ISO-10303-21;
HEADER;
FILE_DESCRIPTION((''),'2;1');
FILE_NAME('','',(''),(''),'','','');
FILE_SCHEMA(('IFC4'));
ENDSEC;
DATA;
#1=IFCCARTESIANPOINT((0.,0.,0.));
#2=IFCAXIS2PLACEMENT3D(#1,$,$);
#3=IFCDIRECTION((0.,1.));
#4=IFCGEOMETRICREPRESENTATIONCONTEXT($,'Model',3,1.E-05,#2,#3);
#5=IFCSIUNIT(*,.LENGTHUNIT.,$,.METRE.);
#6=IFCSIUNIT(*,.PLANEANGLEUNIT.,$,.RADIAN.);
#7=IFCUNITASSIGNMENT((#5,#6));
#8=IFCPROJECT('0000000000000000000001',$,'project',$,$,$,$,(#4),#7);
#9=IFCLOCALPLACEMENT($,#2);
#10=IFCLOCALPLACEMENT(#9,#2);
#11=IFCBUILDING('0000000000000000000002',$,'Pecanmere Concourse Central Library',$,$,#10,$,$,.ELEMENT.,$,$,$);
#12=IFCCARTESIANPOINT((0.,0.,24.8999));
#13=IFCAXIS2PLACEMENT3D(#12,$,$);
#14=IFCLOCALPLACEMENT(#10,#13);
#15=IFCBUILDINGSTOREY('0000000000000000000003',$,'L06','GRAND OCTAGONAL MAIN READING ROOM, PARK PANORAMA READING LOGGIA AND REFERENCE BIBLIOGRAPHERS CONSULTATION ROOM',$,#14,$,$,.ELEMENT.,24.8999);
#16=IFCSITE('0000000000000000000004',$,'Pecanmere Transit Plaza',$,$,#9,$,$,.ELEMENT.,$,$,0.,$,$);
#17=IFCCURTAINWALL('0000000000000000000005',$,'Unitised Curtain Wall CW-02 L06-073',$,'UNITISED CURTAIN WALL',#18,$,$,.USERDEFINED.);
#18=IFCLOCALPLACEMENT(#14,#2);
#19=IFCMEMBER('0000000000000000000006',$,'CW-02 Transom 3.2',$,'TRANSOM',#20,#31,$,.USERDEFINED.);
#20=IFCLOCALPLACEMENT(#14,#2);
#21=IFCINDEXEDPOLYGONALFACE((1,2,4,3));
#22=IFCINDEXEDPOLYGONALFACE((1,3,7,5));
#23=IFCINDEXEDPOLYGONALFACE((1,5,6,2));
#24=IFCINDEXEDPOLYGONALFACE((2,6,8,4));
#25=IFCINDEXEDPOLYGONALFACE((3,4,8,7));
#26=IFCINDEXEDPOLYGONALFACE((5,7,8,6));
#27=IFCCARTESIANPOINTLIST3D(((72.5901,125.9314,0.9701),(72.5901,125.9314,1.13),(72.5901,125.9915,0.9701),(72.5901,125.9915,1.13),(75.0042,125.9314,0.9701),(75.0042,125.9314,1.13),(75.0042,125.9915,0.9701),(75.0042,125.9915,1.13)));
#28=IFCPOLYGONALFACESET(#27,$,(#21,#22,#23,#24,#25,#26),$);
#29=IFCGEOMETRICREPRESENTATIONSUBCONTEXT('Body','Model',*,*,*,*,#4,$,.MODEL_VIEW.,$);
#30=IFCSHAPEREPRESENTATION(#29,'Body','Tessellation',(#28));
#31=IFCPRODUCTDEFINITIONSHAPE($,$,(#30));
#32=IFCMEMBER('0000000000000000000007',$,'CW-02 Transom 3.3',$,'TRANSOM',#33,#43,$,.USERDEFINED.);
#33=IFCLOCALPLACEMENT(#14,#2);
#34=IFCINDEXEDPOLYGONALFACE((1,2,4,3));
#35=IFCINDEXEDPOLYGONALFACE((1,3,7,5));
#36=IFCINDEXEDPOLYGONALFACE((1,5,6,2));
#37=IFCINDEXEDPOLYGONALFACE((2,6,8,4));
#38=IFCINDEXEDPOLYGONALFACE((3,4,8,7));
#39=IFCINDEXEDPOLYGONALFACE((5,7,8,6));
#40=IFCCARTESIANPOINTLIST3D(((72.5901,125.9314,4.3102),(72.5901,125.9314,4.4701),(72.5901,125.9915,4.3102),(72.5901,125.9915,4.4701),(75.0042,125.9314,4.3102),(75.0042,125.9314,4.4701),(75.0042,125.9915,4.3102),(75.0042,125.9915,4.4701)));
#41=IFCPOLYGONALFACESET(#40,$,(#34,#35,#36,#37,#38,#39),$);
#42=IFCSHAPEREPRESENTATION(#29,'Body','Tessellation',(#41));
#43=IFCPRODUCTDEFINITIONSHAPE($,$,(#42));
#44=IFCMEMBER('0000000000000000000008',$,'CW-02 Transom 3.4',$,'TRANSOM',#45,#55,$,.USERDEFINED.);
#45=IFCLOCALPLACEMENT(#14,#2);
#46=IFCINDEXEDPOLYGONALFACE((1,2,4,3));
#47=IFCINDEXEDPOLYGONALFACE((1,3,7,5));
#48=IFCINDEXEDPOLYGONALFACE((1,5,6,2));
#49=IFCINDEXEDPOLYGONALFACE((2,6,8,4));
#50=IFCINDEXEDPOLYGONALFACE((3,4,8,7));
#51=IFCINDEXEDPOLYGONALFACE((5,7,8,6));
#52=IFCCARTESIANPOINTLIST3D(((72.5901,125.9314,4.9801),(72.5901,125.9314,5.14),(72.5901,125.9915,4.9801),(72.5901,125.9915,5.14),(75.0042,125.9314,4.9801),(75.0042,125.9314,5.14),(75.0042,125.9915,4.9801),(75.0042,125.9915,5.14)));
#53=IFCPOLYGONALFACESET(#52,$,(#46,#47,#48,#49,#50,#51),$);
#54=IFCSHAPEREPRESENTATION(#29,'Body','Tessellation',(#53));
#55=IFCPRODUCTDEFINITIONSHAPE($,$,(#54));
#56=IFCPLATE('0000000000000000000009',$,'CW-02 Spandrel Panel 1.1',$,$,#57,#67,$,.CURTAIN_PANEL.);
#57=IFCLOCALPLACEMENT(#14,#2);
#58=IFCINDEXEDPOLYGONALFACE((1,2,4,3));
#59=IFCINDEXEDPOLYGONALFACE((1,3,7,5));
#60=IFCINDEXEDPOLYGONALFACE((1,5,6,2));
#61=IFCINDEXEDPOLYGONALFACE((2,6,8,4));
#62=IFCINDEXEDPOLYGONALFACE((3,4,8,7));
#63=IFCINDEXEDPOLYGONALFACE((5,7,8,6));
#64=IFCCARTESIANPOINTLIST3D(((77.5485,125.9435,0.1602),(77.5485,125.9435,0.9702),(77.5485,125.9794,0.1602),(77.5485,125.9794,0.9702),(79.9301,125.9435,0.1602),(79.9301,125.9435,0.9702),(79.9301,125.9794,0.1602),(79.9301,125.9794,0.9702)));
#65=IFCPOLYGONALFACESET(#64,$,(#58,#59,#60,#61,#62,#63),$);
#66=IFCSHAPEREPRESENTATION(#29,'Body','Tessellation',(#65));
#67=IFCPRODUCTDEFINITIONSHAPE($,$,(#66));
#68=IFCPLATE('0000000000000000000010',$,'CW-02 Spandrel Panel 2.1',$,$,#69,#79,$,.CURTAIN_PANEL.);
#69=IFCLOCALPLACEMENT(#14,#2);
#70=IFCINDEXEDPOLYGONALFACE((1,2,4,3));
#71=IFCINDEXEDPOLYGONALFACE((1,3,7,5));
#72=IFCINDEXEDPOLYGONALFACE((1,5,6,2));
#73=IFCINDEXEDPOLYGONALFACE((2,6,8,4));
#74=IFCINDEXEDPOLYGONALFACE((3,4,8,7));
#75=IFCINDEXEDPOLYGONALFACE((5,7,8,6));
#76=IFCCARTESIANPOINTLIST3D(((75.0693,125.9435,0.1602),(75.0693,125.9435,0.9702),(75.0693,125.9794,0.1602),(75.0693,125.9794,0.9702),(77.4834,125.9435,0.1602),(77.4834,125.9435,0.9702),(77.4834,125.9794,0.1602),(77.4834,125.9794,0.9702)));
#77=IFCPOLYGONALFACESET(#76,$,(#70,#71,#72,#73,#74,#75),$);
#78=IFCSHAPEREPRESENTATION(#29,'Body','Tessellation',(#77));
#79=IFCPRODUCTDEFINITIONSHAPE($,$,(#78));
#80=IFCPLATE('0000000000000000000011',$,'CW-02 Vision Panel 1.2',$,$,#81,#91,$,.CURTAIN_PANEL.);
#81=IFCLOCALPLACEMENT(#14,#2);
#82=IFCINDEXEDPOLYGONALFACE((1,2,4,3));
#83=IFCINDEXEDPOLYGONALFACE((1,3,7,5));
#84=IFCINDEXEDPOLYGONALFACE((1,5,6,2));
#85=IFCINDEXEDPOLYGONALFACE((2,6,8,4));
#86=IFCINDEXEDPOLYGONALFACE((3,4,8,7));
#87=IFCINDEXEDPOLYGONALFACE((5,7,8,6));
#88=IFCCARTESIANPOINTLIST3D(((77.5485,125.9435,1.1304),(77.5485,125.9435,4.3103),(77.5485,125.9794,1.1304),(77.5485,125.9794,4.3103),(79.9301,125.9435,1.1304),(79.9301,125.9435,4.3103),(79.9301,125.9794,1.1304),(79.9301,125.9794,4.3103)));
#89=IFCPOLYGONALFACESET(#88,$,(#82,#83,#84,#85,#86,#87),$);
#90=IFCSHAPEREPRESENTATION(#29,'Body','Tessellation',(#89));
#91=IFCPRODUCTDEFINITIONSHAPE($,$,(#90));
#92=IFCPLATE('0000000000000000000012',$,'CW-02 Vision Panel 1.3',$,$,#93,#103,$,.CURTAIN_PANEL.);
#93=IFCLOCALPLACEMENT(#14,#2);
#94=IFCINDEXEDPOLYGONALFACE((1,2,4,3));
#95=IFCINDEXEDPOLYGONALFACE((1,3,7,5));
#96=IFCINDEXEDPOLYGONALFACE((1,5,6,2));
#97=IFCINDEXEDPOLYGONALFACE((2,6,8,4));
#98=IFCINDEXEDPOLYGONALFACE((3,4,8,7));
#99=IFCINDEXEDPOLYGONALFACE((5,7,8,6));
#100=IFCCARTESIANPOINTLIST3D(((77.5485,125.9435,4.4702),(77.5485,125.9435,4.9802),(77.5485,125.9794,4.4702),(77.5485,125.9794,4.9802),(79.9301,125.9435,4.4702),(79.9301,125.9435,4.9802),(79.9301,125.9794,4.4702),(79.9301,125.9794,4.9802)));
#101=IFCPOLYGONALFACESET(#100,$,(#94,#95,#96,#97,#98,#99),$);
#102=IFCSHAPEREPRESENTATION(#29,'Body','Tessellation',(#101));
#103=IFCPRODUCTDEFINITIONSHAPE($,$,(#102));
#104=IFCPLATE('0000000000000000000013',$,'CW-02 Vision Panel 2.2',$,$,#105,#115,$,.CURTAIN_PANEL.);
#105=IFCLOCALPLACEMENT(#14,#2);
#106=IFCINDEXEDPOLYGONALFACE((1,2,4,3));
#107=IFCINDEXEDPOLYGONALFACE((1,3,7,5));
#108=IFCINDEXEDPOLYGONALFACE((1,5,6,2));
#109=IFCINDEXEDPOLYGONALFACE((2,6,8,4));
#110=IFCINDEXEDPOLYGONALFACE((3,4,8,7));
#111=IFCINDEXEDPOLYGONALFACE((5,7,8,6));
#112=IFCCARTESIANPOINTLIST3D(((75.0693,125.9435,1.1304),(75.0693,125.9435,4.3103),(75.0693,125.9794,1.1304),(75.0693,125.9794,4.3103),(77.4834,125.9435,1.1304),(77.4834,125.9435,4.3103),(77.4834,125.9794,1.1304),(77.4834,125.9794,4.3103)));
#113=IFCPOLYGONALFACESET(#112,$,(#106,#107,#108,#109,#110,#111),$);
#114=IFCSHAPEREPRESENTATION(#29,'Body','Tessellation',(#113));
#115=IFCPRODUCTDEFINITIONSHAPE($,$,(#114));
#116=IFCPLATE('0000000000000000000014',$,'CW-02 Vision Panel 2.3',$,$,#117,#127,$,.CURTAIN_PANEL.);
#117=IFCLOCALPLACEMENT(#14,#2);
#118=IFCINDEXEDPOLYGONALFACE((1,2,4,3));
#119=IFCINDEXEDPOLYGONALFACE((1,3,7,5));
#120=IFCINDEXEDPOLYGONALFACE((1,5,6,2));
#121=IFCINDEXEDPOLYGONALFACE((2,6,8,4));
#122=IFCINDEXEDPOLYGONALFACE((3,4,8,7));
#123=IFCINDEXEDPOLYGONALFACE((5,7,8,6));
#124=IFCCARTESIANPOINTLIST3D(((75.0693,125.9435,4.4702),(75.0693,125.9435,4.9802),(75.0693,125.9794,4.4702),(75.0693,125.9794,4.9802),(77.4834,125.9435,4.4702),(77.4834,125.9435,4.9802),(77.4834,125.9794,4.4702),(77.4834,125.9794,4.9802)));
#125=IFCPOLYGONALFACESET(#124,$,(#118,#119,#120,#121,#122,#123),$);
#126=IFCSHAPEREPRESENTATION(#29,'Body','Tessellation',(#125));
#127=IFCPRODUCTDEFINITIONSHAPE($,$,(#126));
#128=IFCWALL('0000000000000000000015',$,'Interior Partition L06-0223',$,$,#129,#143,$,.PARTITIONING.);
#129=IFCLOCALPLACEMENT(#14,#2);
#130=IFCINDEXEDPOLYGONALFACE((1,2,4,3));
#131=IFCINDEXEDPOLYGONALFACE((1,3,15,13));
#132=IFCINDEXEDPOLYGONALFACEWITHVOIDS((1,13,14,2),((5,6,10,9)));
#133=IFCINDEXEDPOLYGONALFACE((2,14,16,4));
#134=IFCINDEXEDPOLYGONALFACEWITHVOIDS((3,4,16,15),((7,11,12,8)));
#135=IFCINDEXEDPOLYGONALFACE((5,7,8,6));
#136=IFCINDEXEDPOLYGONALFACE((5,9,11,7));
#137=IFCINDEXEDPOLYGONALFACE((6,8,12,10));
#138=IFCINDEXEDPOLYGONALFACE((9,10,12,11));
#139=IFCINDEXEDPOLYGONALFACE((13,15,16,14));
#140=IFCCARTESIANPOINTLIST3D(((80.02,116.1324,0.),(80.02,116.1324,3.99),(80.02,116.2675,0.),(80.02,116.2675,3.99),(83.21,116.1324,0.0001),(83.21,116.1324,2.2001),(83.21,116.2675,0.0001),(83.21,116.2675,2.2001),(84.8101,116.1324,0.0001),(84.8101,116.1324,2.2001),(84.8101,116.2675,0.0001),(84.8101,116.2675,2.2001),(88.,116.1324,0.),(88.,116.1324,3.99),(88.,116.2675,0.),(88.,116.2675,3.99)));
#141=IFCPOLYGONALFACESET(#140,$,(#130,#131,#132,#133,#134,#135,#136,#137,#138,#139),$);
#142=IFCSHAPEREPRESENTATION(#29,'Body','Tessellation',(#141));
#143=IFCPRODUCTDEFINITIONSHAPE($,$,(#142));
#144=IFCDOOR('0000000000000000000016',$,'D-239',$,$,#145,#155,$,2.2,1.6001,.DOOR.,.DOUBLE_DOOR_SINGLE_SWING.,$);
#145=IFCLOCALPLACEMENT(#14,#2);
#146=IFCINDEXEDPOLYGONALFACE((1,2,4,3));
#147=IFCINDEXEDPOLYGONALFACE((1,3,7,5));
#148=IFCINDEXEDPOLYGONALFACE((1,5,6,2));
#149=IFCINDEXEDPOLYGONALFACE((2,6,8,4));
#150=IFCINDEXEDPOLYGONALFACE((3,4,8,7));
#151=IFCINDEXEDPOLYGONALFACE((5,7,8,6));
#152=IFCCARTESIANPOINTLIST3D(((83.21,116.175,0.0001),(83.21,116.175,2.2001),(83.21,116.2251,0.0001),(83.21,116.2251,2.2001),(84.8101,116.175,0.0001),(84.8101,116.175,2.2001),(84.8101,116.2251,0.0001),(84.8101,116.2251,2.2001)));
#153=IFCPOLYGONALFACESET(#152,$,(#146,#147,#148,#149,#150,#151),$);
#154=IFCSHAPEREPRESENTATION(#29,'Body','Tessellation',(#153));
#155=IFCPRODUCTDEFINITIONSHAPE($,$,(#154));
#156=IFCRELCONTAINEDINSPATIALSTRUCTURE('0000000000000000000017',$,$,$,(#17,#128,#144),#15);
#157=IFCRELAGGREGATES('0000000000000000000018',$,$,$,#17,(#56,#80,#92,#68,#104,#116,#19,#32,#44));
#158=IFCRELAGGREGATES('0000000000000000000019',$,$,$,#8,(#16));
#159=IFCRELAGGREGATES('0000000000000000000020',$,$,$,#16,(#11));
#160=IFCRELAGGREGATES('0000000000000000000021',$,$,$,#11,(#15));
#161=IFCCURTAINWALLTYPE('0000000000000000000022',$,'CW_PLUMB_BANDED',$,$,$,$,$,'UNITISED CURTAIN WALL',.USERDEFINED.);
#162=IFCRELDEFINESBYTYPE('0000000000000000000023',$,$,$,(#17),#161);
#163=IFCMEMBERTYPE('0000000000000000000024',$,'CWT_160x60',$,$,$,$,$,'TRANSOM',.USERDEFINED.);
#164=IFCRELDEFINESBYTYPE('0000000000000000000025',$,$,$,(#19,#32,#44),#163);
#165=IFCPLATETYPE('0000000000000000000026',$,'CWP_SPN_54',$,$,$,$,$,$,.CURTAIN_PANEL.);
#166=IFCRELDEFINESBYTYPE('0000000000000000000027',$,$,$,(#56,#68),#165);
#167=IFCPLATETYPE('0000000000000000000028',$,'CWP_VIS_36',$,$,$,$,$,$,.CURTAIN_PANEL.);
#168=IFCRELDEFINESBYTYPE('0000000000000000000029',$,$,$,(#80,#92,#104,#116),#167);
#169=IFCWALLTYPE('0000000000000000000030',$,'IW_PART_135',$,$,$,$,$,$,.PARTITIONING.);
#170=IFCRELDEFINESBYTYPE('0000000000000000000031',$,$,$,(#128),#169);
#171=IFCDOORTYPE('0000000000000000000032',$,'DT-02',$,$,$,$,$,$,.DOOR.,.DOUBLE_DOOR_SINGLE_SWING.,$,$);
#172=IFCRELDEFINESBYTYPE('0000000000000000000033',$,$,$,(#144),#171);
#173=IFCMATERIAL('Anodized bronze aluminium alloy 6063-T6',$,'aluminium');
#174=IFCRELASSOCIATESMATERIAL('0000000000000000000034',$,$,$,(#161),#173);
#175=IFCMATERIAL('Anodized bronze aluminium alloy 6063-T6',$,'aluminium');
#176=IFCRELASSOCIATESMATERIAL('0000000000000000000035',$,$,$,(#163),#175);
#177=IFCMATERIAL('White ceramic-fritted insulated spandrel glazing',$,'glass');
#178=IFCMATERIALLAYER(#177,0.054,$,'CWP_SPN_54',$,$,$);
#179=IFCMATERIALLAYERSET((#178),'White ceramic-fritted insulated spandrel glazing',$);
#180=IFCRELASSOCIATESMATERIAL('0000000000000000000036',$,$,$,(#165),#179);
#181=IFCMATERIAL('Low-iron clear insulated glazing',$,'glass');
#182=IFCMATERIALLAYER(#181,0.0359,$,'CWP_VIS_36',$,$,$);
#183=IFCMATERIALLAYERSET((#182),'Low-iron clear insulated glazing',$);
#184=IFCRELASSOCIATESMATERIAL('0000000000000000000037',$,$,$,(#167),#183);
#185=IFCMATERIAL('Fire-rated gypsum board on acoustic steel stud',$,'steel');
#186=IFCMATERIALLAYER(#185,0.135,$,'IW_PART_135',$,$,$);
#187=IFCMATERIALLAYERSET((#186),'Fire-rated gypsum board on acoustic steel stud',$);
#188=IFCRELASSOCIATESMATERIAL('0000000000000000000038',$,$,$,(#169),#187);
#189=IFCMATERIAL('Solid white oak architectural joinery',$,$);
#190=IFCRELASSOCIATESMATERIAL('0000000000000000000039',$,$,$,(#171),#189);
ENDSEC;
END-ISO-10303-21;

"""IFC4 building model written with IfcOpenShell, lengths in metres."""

from ifc_helpers import new_model, si_unit, direction, frame, frame_2d, origin, origin_2d, place, context, subcontext, project, spatial, rectangle, extrude, material, layer, layer_set, material_profile, profile_set, type_object, element, fill, aggregate, save


model = new_model("IFC4")

# Units and contexts
model_context = context("Model", 3, precision=1e-05, world=origin(), true_north=direction((0.0, 1.0)))
body_context = subcontext(model_context, "Body", "Model", "MODEL_VIEW")
ifc_project = project(units=[si_unit("LENGTHUNIT", "METRE"), si_unit("PLANEANGLEUNIT", "RADIAN")], contexts=[model_context])

# Site, building, storey
site_placement = place(None, origin())
site = spatial("IfcSite", under=ifc_project, at=site_placement, Name="Pecanmere Transit Plaza", CompositionType="ELEMENT", RefElevation=0.0)
building_placement = place(site_placement, origin())
building = spatial("IfcBuilding", under=site, at=building_placement, Name="Pecanmere Concourse Central Library", CompositionType="ELEMENT")
storey_placement = place(building_placement, frame((0.0, 0.0, 24.8999)))
storey = spatial("IfcBuildingStorey", under=building, at=storey_placement, Name="L06", Description="GRAND OCTAGONAL MAIN READING ROOM, PARK PANORAMA READING LOGGIA AND REFERENCE BIBLIOGRAPHERS CONSULTATION ROOM", CompositionType="ELEMENT", Elevation=24.8999)

# Shared definitions
ifc_material_1 = material(Name="Anodized bronze aluminium alloy 6063-T6", Category="aluminium")
curtain_wall_type = type_object("IfcCurtainWallType", Name="CW_PLUMB_BANDED", ElementType="UNITISED CURTAIN WALL", PredefinedType="USERDEFINED", material=ifc_material_1)

# Curtain wall, members, plates
curtain_wall_1_placement = place(storey_placement, origin())
curtain_wall_1 = element("IfcCurtainWall", 1, at=curtain_wall_1_placement, inside=storey, type_object=curtain_wall_type, Name="Unitised Curtain Wall CW-02 L06-073", ObjectType="UNITISED CURTAIN WALL", PredefinedType="USERDEFINED")
ifc_material_2 = material(Name="Anodized bronze aluminium alloy 6063-T6", Category="aluminium")
ifc_material_profile_1 = material_profile(ifc_material_2, rectangle(XDim=0.0601, YDim=0.1599, at=origin_2d()), Name="AL 60x160")
ifc_profile_set_1 = profile_set([ifc_material_profile_1], Name="Anodized bronze aluminium alloy 6063-T6")
member_type_1 = type_object("IfcMemberType", Name="CWT_160x60", ElementType="TRANSOM", PredefinedType="USERDEFINED", material=ifc_profile_set_1)
member_1_placement = place(storey_placement, frame((75.0042, 125.9614, 1.05), z_axis=(-1.0, 0.0, 0.0), x_axis=(0.0, -1.0, 0.0)))
member_1 = element("IfcMember", 2, at=member_1_placement, type_object=member_type_1, Name="CW-02 Transom 3.2", ObjectType="TRANSOM", PredefinedType="USERDEFINED", context=body_context, shape_type="SweptSolid", body=[
    extrude(rectangle(XDim=0.0601, YDim=0.1599, at=origin_2d()), origin(), (0.0, 0.0, 1.0), 2.4141),
])
member_2_placement = place(storey_placement, frame((75.0042, 125.9614, 4.3901), z_axis=(-1.0, 0.0, 0.0), x_axis=(0.0, -1.0, 0.0)))
member_2 = element("IfcMember", 3, at=member_2_placement, type_object=member_type_1, Name="CW-02 Transom 3.3", ObjectType="TRANSOM", PredefinedType="USERDEFINED", context=body_context, shape_type="SweptSolid", body=[
    extrude(rectangle(XDim=0.0601, YDim=0.1599, at=origin_2d()), origin(), (0.0, 0.0, 1.0), 2.4141),
])
member_3_placement = place(storey_placement, frame((75.0042, 125.9614, 5.0601), z_axis=(-1.0, 0.0, 0.0), x_axis=(0.0, -1.0, 0.0)))
member_3 = element("IfcMember", 4, at=member_3_placement, type_object=member_type_1, Name="CW-02 Transom 3.4", ObjectType="TRANSOM", PredefinedType="USERDEFINED", context=body_context, shape_type="SweptSolid", body=[
    extrude(rectangle(XDim=0.0601, YDim=0.1599, at=origin_2d()), origin(), (0.0, 0.0, 1.0), 2.4141),
])
ifc_material_3 = material(Name="White ceramic-fritted insulated spandrel glazing", Category="glass")
ifc_layer_1 = layer(ifc_material_3, 0.054, Name="CWP_SPN_54")
ifc_layer_set_1 = layer_set([ifc_layer_1], Name="White ceramic-fritted insulated spandrel glazing")
plate_type_1 = type_object("IfcPlateType", Name="CWP_SPN_54", PredefinedType="CURTAIN_PANEL", material=ifc_layer_set_1)
plate_1_placement = place(storey_placement, frame((78.7393, 125.9614, 0.1602), z_axis=(0.0, 0.0, 1.0), x_axis=(-1.0, 0.0, 0.0)))
plate_1 = element("IfcPlate", 5, at=plate_1_placement, type_object=plate_type_1, Name="CW-02 Spandrel Panel 1.1", PredefinedType="CURTAIN_PANEL", context=body_context, shape_type="SweptSolid", body=[
    extrude(rectangle(XDim=2.3816, YDim=0.0359, at=origin_2d()), origin(), (0.0, 0.0, 1.0), 0.8101),
])
plate_2_placement = place(storey_placement, frame((76.2764, 125.9614, 0.1602), z_axis=(0.0, 0.0, 1.0), x_axis=(-1.0, 0.0, 0.0)))
plate_2 = element("IfcPlate", 6, at=plate_2_placement, type_object=plate_type_1, Name="CW-02 Spandrel Panel 2.1", PredefinedType="CURTAIN_PANEL", context=body_context, shape_type="SweptSolid", body=[
    extrude(rectangle(XDim=2.4141, YDim=0.0359, at=origin_2d()), origin(), (0.0, 0.0, 1.0), 0.8101),
])
ifc_material_4 = material(Name="Low-iron clear insulated glazing", Category="glass")
ifc_layer_2 = layer(ifc_material_4, 0.0359, Name="CWP_VIS_36")
ifc_layer_set_2 = layer_set([ifc_layer_2], Name="Low-iron clear insulated glazing")
plate_type_2 = type_object("IfcPlateType", Name="CWP_VIS_36", PredefinedType="CURTAIN_PANEL", material=ifc_layer_set_2)
plate_3_placement = place(storey_placement, frame((78.7393, 125.9614, 1.1304), z_axis=(0.0, 0.0, 1.0), x_axis=(-1.0, 0.0, 0.0)))
plate_3 = element("IfcPlate", 7, at=plate_3_placement, type_object=plate_type_2, Name="CW-02 Vision Panel 1.2", PredefinedType="CURTAIN_PANEL", context=body_context, shape_type="SweptSolid", body=[
    extrude(rectangle(XDim=2.3816, YDim=0.0359, at=origin_2d()), origin(), (0.0, 0.0, 1.0), 3.1799),
])
plate_4_placement = place(storey_placement, frame((78.7393, 125.9614, 4.4702), z_axis=(0.0, 0.0, 1.0), x_axis=(-1.0, 0.0, 0.0)))
plate_4 = element("IfcPlate", 8, at=plate_4_placement, type_object=plate_type_2, Name="CW-02 Vision Panel 1.3", PredefinedType="CURTAIN_PANEL", context=body_context, shape_type="SweptSolid", body=[
    extrude(rectangle(XDim=2.3816, YDim=0.0359, at=origin_2d()), origin(), (0.0, 0.0, 1.0), 0.51),
])
plate_5_placement = place(storey_placement, frame((76.2764, 125.9614, 1.1304), z_axis=(0.0, 0.0, 1.0), x_axis=(-1.0, 0.0, 0.0)))
plate_5 = element("IfcPlate", 9, at=plate_5_placement, type_object=plate_type_2, Name="CW-02 Vision Panel 2.2", PredefinedType="CURTAIN_PANEL", context=body_context, shape_type="SweptSolid", body=[
    extrude(rectangle(XDim=2.4141, YDim=0.0359, at=origin_2d()), origin(), (0.0, 0.0, 1.0), 3.1799),
])
plate_6_placement = place(storey_placement, frame((76.2764, 125.9614, 4.4702), z_axis=(0.0, 0.0, 1.0), x_axis=(-1.0, 0.0, 0.0)))
plate_6 = element("IfcPlate", 10, at=plate_6_placement, type_object=plate_type_2, Name="CW-02 Vision Panel 2.3", PredefinedType="CURTAIN_PANEL", context=body_context, shape_type="SweptSolid", body=[
    extrude(rectangle(XDim=2.4141, YDim=0.0359, at=origin_2d()), origin(), (0.0, 0.0, 1.0), 0.51),
])
aggregate(curtain_wall_1, [plate_1, plate_3, plate_4, plate_2, plate_5, plate_6, member_1, member_2, member_3])

# Wall, opening, door
ifc_material_5 = material(Name="Fire-rated gypsum board on acoustic steel stud", Category="steel")
ifc_layer_3 = layer(ifc_material_5, 0.135, Name="IW_PART_135")
ifc_layer_set_3 = layer_set([ifc_layer_3], Name="Fire-rated gypsum board on acoustic steel stud")
wall_type = type_object("IfcWallType", Name="IW_PART_135", PredefinedType="PARTITIONING", material=ifc_layer_set_3)
wall_placement = place(storey_placement, frame((80.02, 116.2, 0.0), z_axis=(0.0, 0.0, 1.0), x_axis=(1.0, 0.0, 0.0)))
wall = element("IfcWall", 11, at=wall_placement, inside=storey, type_object=wall_type, Name="Interior Partition L06-0223", PredefinedType="PARTITIONING", context=body_context, shape_type="SweptSolid", body=[
    extrude(rectangle(XDim=7.98, YDim=0.135, at=frame_2d((3.99, 0.0))), origin(), (0.0, 0.0, 1.0), 3.99),
])
opening_placement = place(wall_placement, frame((3.1899, 0.0, 0.0)))
opening = element("IfcOpeningElement", 12, at=opening_placement, cuts=wall, PredefinedType="OPENING", context=body_context, shape_type="SweptSolid", body=[
    extrude(rectangle(XDim=1.6001, YDim=2.2, at=frame_2d((0.8, 1.1001))), frame((0.0, 0.0796, 0.0), z_axis=(0.0, -1.0, 0.0), x_axis=(1.0, 0.0, 0.0)), (0.0, 0.0, 1.0), 0.1589),
])
ifc_material_6 = material(Name="Solid white oak architectural joinery")
door_type = type_object("IfcDoorType", Name="DT-02", OperationType="DOUBLE_DOOR_SINGLE_SWING", PredefinedType="DOOR", material=ifc_material_6)
door_placement = place(opening_placement, frame((1.6001, 0.0, 0.0), z_axis=(0.0, 0.0, 1.0), x_axis=(-1.0, 0.0, 0.0)))
door = element("IfcDoor", 13, at=door_placement, inside=storey, type_object=door_type, Name="D-239", OperationType="DOUBLE_DOOR_SINGLE_SWING", OverallHeight=2.2, OverallWidth=1.6001, PredefinedType="DOOR", context=body_context, shape_type="SweptSolid", body=[
    extrude(rectangle(XDim=1.6001, YDim=2.2, at=frame_2d((0.8, 1.1001))), frame((0.0, 0.0249, 0.0), z_axis=(0.0, -1.0, 0.0), x_axis=(1.0, 0.0, 0.0)), (0.0, 0.0, 1.0), 0.05),
])
fill(opening, door)

save(model, "model.ifc")
